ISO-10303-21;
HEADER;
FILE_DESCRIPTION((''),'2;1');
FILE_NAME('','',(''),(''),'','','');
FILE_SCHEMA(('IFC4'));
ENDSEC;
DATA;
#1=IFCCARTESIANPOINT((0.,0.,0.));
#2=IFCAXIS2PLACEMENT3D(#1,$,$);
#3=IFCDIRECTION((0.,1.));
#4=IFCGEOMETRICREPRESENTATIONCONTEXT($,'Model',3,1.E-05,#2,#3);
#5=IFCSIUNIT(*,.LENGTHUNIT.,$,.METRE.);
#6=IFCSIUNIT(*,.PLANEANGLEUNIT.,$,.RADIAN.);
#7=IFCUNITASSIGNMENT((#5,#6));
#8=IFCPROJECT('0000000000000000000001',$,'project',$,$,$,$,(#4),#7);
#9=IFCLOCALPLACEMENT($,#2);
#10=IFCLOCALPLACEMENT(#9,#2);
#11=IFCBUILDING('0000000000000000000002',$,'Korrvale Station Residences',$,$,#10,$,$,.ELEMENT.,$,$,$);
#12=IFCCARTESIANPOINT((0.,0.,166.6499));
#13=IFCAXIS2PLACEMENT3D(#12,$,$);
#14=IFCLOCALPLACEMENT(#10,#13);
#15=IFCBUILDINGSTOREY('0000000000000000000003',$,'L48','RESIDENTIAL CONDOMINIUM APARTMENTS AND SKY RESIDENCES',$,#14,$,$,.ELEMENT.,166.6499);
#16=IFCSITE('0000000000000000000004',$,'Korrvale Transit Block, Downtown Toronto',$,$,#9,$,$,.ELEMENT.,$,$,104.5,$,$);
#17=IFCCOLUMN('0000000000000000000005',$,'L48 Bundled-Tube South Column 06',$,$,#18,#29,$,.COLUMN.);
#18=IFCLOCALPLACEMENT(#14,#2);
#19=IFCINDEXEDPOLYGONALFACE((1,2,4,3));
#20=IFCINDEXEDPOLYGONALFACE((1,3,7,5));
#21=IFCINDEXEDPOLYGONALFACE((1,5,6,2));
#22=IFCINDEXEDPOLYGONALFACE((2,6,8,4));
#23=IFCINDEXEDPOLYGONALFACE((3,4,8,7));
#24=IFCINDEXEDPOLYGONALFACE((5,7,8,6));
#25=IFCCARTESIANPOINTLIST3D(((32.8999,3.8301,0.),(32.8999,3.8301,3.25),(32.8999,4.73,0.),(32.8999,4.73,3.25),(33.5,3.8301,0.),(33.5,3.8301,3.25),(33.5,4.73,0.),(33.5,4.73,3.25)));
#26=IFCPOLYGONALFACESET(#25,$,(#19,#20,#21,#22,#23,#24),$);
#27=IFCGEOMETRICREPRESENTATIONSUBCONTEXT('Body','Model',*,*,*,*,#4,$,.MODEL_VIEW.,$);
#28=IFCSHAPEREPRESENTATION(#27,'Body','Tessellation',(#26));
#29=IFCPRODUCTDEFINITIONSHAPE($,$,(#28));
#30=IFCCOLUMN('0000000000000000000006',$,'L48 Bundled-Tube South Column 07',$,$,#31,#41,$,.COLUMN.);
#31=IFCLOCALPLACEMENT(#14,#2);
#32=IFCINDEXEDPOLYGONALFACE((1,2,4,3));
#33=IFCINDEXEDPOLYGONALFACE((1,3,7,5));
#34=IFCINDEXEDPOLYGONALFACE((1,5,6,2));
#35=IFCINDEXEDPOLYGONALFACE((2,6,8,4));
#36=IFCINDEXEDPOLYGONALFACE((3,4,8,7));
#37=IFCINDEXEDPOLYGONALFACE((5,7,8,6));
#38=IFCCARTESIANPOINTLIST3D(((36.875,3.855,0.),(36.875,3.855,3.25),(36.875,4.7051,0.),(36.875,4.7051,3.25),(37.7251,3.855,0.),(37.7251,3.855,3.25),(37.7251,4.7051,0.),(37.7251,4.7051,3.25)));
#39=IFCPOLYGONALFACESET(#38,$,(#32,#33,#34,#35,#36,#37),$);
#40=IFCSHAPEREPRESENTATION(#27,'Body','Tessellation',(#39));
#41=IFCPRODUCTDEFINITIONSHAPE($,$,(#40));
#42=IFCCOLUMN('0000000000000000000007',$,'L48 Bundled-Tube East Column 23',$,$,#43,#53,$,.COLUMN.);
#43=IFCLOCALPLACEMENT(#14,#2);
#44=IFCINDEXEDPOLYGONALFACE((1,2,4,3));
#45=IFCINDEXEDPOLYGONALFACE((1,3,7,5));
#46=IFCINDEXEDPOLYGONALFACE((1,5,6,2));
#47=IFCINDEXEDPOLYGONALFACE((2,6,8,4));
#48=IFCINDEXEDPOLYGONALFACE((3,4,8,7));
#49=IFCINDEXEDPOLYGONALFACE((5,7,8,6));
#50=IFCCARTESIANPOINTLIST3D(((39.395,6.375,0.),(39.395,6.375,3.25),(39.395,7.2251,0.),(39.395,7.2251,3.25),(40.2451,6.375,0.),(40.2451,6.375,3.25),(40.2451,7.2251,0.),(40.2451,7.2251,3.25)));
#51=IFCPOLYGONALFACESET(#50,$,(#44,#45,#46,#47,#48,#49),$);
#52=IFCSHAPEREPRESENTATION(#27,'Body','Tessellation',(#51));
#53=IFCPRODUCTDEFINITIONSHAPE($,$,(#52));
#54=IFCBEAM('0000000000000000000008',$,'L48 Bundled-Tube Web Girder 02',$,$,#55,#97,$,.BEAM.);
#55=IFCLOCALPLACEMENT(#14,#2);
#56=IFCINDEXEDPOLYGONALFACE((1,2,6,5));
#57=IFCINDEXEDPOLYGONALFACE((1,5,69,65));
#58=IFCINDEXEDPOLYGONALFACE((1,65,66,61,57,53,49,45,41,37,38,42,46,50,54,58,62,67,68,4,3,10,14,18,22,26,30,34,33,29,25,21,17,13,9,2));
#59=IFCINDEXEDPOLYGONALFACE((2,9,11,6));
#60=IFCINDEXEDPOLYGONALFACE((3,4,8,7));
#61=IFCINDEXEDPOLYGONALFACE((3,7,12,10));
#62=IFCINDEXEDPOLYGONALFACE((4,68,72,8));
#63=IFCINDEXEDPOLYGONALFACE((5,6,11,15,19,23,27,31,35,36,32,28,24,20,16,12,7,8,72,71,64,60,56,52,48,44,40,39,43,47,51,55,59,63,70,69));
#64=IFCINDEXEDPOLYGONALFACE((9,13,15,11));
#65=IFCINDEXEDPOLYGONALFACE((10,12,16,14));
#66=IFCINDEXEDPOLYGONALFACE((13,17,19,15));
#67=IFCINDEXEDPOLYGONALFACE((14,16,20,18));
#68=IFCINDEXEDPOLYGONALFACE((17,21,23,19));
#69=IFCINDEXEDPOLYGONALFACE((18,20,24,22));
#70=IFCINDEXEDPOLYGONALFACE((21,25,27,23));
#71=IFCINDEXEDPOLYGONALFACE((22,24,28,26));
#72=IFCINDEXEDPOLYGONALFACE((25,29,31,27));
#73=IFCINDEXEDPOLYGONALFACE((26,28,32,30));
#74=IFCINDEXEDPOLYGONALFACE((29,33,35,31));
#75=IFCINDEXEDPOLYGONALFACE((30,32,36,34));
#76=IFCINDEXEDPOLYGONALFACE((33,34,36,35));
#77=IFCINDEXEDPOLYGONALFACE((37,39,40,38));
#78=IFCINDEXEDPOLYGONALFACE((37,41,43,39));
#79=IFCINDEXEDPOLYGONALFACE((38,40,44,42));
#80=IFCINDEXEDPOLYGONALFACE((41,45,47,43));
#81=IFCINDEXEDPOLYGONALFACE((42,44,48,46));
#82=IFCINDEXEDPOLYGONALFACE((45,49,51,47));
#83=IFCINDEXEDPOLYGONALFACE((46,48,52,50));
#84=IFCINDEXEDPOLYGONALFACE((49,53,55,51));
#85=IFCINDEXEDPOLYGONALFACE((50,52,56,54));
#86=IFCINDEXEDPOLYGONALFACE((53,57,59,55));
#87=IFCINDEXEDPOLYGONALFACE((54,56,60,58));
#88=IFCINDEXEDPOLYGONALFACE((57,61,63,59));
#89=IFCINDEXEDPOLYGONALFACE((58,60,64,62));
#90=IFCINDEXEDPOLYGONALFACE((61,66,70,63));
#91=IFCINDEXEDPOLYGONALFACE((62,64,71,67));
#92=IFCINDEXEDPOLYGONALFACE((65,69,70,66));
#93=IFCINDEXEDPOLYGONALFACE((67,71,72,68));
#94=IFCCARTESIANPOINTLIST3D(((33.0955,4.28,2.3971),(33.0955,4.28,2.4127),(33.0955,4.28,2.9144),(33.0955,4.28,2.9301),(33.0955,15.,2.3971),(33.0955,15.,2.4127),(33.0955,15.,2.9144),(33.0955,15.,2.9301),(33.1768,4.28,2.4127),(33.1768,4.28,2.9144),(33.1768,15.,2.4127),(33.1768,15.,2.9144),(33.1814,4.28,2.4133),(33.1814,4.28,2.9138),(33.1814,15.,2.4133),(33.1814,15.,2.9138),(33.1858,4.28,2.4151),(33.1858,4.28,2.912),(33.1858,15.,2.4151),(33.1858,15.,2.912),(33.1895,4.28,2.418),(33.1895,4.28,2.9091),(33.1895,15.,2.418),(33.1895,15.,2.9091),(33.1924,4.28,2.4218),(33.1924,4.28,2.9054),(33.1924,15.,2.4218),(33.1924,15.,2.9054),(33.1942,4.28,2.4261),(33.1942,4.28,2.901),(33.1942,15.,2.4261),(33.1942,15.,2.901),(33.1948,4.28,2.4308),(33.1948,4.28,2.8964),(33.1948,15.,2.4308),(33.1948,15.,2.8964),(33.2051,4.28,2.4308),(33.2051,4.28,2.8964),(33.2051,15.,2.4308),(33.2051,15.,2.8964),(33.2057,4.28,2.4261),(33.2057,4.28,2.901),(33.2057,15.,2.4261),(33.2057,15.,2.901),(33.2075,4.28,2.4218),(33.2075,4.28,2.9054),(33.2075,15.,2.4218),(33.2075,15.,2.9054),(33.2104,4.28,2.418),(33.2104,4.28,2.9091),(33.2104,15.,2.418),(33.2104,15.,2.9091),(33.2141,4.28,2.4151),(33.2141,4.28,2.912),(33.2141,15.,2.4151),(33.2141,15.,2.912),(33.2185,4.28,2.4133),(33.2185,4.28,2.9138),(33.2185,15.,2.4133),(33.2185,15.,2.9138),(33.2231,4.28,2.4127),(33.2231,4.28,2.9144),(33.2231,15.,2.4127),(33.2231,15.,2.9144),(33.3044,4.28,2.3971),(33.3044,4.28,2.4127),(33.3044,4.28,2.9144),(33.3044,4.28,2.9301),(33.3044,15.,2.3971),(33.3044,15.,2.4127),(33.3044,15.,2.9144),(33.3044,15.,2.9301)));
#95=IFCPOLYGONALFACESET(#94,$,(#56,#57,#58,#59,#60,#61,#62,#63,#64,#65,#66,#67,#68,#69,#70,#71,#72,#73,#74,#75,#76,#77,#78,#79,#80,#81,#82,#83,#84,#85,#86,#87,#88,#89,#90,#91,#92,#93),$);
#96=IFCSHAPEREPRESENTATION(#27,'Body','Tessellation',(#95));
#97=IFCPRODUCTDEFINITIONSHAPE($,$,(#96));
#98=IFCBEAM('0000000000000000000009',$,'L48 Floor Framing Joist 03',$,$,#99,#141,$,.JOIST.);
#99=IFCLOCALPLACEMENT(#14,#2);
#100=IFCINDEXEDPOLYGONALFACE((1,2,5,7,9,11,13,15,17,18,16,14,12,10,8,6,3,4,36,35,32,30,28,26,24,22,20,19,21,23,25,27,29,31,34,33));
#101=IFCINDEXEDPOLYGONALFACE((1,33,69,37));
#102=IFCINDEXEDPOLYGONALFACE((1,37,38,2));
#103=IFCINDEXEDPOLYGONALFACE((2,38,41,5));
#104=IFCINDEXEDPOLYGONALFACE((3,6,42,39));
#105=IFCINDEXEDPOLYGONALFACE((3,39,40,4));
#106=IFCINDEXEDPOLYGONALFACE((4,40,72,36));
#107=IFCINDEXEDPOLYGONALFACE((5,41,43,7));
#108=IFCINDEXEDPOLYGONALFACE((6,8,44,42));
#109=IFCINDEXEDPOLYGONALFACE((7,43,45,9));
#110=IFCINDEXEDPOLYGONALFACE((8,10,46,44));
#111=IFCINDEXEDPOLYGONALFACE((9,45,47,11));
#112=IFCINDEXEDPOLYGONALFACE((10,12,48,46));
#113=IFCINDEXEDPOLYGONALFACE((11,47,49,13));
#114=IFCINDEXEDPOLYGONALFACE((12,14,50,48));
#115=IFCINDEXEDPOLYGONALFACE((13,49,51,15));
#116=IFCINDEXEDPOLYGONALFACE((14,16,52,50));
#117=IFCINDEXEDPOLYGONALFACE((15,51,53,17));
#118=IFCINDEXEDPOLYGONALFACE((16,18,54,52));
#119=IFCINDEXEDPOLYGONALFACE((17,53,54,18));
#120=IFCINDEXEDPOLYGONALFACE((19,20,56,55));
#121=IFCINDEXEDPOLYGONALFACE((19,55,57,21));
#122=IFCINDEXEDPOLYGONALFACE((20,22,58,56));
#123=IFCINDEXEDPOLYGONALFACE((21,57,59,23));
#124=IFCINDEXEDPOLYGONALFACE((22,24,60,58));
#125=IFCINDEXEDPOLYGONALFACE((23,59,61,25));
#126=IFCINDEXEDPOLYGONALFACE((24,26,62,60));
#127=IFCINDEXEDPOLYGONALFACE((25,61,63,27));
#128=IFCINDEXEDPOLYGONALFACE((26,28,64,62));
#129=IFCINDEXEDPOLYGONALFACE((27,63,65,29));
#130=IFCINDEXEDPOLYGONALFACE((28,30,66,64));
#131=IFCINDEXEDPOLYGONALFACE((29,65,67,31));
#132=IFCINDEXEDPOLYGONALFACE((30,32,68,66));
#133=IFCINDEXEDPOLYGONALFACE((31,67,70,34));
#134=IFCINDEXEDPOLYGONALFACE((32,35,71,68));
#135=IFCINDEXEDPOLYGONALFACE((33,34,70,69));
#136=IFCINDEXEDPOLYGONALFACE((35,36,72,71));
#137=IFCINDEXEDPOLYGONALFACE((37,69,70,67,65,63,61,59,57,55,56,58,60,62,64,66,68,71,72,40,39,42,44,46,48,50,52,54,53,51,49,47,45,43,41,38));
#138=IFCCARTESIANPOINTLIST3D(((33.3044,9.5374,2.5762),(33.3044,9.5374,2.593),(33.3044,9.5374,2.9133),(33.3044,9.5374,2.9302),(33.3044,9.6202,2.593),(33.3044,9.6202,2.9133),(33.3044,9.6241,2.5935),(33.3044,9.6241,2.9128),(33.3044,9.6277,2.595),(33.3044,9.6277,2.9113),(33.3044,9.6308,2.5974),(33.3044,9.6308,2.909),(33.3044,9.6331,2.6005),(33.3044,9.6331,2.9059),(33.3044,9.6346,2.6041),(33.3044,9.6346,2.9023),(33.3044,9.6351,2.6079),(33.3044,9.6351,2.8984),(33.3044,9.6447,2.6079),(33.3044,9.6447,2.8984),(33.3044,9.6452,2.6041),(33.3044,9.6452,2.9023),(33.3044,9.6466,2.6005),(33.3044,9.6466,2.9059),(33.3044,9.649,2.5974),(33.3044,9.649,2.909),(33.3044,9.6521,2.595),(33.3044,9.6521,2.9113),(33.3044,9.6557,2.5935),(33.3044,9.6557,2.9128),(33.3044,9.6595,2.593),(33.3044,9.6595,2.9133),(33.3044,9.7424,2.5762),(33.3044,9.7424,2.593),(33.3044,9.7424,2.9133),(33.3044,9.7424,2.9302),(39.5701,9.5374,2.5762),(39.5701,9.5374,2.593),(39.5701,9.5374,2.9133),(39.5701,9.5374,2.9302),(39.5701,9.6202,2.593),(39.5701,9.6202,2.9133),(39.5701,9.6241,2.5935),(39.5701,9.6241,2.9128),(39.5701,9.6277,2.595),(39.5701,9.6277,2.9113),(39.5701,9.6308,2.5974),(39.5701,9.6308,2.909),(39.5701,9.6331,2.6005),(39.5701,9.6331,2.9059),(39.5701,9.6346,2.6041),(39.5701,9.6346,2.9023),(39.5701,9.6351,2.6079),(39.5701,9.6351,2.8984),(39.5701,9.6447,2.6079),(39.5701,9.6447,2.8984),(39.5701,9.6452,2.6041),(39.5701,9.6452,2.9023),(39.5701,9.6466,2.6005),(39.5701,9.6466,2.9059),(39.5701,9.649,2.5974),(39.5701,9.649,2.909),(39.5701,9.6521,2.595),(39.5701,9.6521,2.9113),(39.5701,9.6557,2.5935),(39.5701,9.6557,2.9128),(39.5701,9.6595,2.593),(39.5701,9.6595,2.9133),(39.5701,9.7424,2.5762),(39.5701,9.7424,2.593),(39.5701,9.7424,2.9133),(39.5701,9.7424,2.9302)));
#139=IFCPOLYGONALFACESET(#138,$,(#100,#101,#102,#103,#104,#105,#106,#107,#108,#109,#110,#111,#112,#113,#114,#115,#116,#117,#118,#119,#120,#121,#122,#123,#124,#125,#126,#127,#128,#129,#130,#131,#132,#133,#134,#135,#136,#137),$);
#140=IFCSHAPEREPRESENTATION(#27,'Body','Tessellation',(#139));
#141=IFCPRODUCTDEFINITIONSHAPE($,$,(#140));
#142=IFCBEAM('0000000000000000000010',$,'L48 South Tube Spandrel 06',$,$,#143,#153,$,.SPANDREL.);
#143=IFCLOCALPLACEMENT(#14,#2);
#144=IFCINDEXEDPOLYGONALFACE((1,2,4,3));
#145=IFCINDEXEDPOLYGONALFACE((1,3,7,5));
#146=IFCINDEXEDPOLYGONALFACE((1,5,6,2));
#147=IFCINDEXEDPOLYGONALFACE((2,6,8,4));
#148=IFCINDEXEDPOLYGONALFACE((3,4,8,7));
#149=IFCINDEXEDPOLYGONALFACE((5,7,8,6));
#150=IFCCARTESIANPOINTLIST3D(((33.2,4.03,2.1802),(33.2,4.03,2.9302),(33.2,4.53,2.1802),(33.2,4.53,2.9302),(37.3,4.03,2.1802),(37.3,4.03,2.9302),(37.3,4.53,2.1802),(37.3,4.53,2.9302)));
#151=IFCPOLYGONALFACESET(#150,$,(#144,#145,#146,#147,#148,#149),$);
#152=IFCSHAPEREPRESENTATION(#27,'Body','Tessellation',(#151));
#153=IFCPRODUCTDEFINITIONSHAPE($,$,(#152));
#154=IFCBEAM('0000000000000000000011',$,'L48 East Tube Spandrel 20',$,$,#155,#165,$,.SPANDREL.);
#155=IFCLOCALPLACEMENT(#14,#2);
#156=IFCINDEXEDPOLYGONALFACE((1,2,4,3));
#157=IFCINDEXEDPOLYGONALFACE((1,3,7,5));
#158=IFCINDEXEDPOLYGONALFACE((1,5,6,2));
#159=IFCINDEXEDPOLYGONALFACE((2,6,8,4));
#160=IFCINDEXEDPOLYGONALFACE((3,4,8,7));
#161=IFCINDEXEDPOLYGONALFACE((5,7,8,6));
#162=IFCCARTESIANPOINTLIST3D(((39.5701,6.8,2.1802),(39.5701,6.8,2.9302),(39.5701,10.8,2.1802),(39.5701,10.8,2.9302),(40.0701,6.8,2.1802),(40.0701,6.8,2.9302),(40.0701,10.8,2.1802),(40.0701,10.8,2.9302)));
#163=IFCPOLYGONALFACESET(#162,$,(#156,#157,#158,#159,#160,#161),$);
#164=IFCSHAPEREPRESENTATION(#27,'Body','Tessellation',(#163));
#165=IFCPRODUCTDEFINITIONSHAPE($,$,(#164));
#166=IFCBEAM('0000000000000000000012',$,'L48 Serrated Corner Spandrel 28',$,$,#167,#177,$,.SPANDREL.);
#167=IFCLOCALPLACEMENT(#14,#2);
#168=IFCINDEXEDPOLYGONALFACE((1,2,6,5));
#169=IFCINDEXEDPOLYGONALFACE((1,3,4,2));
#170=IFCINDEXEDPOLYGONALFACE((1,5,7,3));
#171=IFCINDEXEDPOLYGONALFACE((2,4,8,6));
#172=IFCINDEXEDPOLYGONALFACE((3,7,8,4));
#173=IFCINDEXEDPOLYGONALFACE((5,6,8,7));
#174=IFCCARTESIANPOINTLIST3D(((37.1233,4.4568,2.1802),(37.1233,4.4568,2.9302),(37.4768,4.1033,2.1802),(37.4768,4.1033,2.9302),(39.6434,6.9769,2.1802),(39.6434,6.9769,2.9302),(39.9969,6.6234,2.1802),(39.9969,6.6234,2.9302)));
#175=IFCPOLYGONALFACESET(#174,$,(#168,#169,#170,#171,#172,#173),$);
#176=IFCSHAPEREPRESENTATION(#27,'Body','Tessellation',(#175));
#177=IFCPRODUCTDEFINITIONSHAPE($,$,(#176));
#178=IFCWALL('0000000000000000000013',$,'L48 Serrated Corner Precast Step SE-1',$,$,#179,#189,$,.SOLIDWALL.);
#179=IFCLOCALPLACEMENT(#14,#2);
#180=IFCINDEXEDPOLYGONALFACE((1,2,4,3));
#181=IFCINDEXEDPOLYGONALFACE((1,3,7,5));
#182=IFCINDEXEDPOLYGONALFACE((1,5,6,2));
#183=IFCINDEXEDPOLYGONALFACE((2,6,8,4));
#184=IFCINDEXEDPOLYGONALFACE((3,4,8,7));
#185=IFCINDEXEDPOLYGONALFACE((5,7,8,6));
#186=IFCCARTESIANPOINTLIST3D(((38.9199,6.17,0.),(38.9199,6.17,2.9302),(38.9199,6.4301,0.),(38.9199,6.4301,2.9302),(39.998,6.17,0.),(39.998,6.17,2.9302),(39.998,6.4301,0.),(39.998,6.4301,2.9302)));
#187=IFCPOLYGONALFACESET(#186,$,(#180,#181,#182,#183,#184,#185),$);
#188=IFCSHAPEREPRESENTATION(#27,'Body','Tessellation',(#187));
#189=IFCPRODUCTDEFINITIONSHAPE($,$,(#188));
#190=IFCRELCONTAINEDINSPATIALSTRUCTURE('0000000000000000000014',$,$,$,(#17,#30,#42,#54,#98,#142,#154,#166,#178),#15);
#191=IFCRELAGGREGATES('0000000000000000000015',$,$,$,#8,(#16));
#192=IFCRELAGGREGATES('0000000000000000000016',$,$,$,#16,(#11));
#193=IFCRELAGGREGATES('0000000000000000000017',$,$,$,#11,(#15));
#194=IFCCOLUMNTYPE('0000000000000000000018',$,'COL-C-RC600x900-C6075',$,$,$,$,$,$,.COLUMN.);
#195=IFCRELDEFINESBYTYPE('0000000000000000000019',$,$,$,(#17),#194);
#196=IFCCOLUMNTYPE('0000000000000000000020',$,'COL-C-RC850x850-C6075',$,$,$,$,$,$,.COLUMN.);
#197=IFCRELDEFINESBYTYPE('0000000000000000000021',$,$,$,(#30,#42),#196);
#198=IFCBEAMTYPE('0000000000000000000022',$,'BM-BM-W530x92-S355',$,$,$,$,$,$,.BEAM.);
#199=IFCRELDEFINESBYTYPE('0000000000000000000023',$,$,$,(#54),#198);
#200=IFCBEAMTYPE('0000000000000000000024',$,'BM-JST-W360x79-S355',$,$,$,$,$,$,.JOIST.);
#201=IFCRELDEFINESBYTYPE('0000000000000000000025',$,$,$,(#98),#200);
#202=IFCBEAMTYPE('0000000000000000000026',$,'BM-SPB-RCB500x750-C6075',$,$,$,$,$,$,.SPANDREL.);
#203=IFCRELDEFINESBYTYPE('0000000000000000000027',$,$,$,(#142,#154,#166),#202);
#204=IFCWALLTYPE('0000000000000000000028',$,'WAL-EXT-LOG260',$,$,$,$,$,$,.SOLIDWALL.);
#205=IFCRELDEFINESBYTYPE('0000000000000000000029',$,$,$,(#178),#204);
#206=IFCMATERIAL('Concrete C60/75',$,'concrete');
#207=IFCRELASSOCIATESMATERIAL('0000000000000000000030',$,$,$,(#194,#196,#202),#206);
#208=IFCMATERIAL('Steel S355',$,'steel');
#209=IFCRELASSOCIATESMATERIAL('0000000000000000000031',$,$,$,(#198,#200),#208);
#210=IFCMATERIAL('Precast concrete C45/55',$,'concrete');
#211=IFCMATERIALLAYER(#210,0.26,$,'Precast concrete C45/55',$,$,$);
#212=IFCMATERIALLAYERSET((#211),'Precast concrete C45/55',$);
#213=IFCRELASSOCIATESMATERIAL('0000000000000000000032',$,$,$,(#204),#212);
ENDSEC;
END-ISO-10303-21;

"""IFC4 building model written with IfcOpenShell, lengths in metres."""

from ifc_helpers import new_model, si_unit, direction, frame, frame_2d, origin, origin_2d, place, context, subcontext, project, spatial, rectangle, i_section, extrude, material, layer, layer_set, material_profile, profile_set, type_object, element, save


model = new_model("IFC4")

# Units and contexts
model_context = context("Model", 3, precision=1e-05, world=origin(), true_north=direction((0.0, 1.0)))
body_context = subcontext(model_context, "Body", "Model", "MODEL_VIEW")
ifc_project = project(units=[si_unit("LENGTHUNIT", "METRE"), si_unit("PLANEANGLEUNIT", "RADIAN")], contexts=[model_context])

# Site, building, storey
site_placement = place(None, origin())
site = spatial("IfcSite", under=ifc_project, at=site_placement, Name="Korrvale Transit Block, Downtown Toronto", CompositionType="ELEMENT", RefElevation=104.5)
building_placement = place(site_placement, origin())
building = spatial("IfcBuilding", under=site, at=building_placement, Name="Korrvale Station Residences", CompositionType="ELEMENT")
storey_placement = place(building_placement, frame((0.0, 0.0, 166.6499)))
storey = spatial("IfcBuildingStorey", under=building, at=storey_placement, Name="L48", Description="RESIDENTIAL CONDOMINIUM APARTMENTS AND SKY RESIDENCES", CompositionType="ELEMENT", Elevation=166.6499)

# Columns
ifc_material_1 = material(Name="Concrete C60/75", Category="concrete")
ifc_material_profile_1 = material_profile(ifc_material_1, rectangle(XDim=0.6001, YDim=0.8999, at=origin_2d()), Name="RC600x900")
ifc_profile_set_1 = profile_set([ifc_material_profile_1], Name="Concrete C60/75")
column_type_1 = type_object("IfcColumnType", Name="COL-C-RC600x900-C6075", PredefinedType="COLUMN", material=ifc_profile_set_1)
column_placement = place(storey_placement, frame((33.2, 4.28, 0.0), z_axis=(0.0, 0.0, 1.0), x_axis=(1.0, 0.0, 0.0)))
element("IfcColumn", 1, at=column_placement, inside=storey, type_object=column_type_1, Name="L48 Bundled-Tube South Column 06", PredefinedType="COLUMN", context=body_context, shape_type="SweptSolid", body=[
    extrude(rectangle(XDim=0.6001, YDim=0.8999, at=origin_2d()), origin(), (0.0, 0.0, 1.0), 3.25),
])
ifc_material_profile_2 = material_profile(ifc_material_1, rectangle(XDim=0.8501, YDim=0.8501, at=origin_2d()), Name="RC850x850")
ifc_profile_set_2 = profile_set([ifc_material_profile_2], Name="Concrete C60/75")
column_type_2 = type_object("IfcColumnType", Name="COL-C-RC850x850-C6075", PredefinedType="COLUMN", material=ifc_profile_set_2)
for number, where, z_axis, x_axis, name in (
    (2, (37.3, 4.28, 0.0), (0.0, 0.0, 1.0), (1.0, 0.0, 0.0), "L48 Bundled-Tube South Column 07"),
    (3, (39.8201, 6.8, 0.0), (0.0, 0.0, 1.0), (1.0, 0.0, 0.0), "L48 Bundled-Tube East Column 23"),
):
    element("IfcColumn", number, at=place(storey_placement, frame(where, z_axis=z_axis, x_axis=x_axis)), inside=storey, type_object=column_type_2, Name=name, PredefinedType="COLUMN", context=body_context, shape_type="SweptSolid", body=[
        extrude(rectangle(XDim=0.8501, YDim=0.8501, at=origin_2d()), origin(), (0.0, 0.0, 1.0), 3.25),
    ])

# Beams
ifc_material_2 = material(Name="Steel S355", Category="steel")
ifc_material_profile_3 = material_profile(ifc_material_2, i_section(OverallWidth=0.209, OverallDepth=0.533, WebThickness=0.0103, FlangeThickness=0.0156, FilletRadius=0.0181, at=origin_2d()), Name="W530x92")
ifc_profile_set_3 = profile_set([ifc_material_profile_3], Name="Steel S355")
beam_type_1 = type_object("IfcBeamType", Name="BM-BM-W530x92-S355", PredefinedType="BEAM", material=ifc_profile_set_3)
beam_1_placement = place(storey_placement, frame((33.2, 4.28, 2.6636), z_axis=(0.0, 1.0, 0.0), x_axis=(-1.0, 0.0, 0.0)))
element("IfcBeam", 4, at=beam_1_placement, inside=storey, type_object=beam_type_1, Name="L48 Bundled-Tube Web Girder 02", PredefinedType="BEAM", context=body_context, shape_type="SweptSolid", body=[
    extrude(i_section(OverallWidth=0.209, OverallDepth=0.533, WebThickness=0.0103, FlangeThickness=0.0156, FilletRadius=0.0181, at=origin_2d()), origin(), (0.0, 0.0, 1.0), 10.72),
])
ifc_material_profile_4 = material_profile(ifc_material_2, i_section(OverallWidth=0.2051, OverallDepth=0.354, WebThickness=0.0095, FlangeThickness=0.0168, FilletRadius=0.0149, at=origin_2d()), Name="W360x79")
ifc_profile_set_4 = profile_set([ifc_material_profile_4], Name="Steel S355")
beam_type_2 = type_object("IfcBeamType", Name="BM-JST-W360x79-S355", PredefinedType="JOIST", material=ifc_profile_set_4)
beam_2_placement = place(storey_placement, frame((33.3044, 9.6399, 2.7532), z_axis=(1.0, 0.0, 0.0), x_axis=(0.0, 1.0, 0.0)))
element("IfcBeam", 5, at=beam_2_placement, inside=storey, type_object=beam_type_2, Name="L48 Floor Framing Joist 03", PredefinedType="JOIST", context=body_context, shape_type="SweptSolid", body=[
    extrude(i_section(OverallWidth=0.2051, OverallDepth=0.354, WebThickness=0.0095, FlangeThickness=0.0168, FilletRadius=0.0149, at=origin_2d()), origin(), (0.0, 0.0, 1.0), 6.2656),
])
ifc_material_profile_5 = material_profile(ifc_material_1, rectangle(XDim=0.5, YDim=0.75, at=origin_2d()), Name="RCB500x750")
ifc_profile_set_5 = profile_set([ifc_material_profile_5], Name="Concrete C60/75")
beam_type_3 = type_object("IfcBeamType", Name="BM-SPB-RCB500x750-C6075", PredefinedType="SPANDREL", material=ifc_profile_set_5)
beam_3_placement = place(storey_placement, frame((33.2, 4.28, 2.5552), z_axis=(1.0, 0.0, 0.0), x_axis=(0.0, 1.0, 0.0)))
element("IfcBeam", 6, at=beam_3_placement, inside=storey, type_object=beam_type_3, Name="L48 South Tube Spandrel 06", PredefinedType="SPANDREL", context=body_context, shape_type="SweptSolid", body=[
    extrude(rectangle(XDim=0.5, YDim=0.75, at=origin_2d()), origin(), (0.0, 0.0, 1.0), 4.1001),
])
beam_4_placement = place(storey_placement, frame((39.8201, 6.8, 2.5552), z_axis=(0.0, 1.0, 0.0), x_axis=(-1.0, 0.0, 0.0)))
element("IfcBeam", 7, at=beam_4_placement, inside=storey, type_object=beam_type_3, Name="L48 East Tube Spandrel 20", PredefinedType="SPANDREL", context=body_context, shape_type="SweptSolid", body=[
    extrude(rectangle(XDim=0.5, YDim=0.75, at=origin_2d()), origin(), (0.0, 0.0, 1.0), 4.0),
])
beam_5_placement = place(storey_placement, frame((37.3, 4.28, 2.5552), z_axis=(0.707107, 0.707107, 0.0), x_axis=(-0.707107, 0.707107, 0.0)))
element("IfcBeam", 8, at=beam_5_placement, inside=storey, type_object=beam_type_3, Name="L48 Serrated Corner Spandrel 28", PredefinedType="SPANDREL", context=body_context, shape_type="SweptSolid", body=[
    extrude(rectangle(XDim=0.5, YDim=0.75, at=origin_2d()), origin(), (0.0, 0.0, 1.0), 3.564),
])

# Wall
ifc_material_3 = material(Name="Precast concrete C45/55", Category="concrete")
ifc_layer_1 = layer(ifc_material_3, 0.26, Name="Precast concrete C45/55")
ifc_layer_set_1 = layer_set([ifc_layer_1], Name="Precast concrete C45/55")
wall_type_1 = type_object("IfcWallType", Name="WAL-EXT-LOG260", PredefinedType="SOLIDWALL", material=ifc_layer_set_1)
wall_1_placement = place(storey_placement, frame((39.998, 6.3, 0.0), z_axis=(0.0, 0.0, 1.0), x_axis=(-1.0, 0.0, 0.0)))
element("IfcWall", 9, at=wall_1_placement, inside=storey, type_object=wall_type_1, Name="L48 Serrated Corner Precast Step SE-1", PredefinedType="SOLIDWALL", context=body_context, shape_type="SweptSolid", body=[
    extrude(rectangle(XDim=1.0781, YDim=0.26, at=frame_2d((0.5391, 0.0))), origin(), (0.0, 0.0, 1.0), 2.9302),
])

save(model, "model.ifc")
